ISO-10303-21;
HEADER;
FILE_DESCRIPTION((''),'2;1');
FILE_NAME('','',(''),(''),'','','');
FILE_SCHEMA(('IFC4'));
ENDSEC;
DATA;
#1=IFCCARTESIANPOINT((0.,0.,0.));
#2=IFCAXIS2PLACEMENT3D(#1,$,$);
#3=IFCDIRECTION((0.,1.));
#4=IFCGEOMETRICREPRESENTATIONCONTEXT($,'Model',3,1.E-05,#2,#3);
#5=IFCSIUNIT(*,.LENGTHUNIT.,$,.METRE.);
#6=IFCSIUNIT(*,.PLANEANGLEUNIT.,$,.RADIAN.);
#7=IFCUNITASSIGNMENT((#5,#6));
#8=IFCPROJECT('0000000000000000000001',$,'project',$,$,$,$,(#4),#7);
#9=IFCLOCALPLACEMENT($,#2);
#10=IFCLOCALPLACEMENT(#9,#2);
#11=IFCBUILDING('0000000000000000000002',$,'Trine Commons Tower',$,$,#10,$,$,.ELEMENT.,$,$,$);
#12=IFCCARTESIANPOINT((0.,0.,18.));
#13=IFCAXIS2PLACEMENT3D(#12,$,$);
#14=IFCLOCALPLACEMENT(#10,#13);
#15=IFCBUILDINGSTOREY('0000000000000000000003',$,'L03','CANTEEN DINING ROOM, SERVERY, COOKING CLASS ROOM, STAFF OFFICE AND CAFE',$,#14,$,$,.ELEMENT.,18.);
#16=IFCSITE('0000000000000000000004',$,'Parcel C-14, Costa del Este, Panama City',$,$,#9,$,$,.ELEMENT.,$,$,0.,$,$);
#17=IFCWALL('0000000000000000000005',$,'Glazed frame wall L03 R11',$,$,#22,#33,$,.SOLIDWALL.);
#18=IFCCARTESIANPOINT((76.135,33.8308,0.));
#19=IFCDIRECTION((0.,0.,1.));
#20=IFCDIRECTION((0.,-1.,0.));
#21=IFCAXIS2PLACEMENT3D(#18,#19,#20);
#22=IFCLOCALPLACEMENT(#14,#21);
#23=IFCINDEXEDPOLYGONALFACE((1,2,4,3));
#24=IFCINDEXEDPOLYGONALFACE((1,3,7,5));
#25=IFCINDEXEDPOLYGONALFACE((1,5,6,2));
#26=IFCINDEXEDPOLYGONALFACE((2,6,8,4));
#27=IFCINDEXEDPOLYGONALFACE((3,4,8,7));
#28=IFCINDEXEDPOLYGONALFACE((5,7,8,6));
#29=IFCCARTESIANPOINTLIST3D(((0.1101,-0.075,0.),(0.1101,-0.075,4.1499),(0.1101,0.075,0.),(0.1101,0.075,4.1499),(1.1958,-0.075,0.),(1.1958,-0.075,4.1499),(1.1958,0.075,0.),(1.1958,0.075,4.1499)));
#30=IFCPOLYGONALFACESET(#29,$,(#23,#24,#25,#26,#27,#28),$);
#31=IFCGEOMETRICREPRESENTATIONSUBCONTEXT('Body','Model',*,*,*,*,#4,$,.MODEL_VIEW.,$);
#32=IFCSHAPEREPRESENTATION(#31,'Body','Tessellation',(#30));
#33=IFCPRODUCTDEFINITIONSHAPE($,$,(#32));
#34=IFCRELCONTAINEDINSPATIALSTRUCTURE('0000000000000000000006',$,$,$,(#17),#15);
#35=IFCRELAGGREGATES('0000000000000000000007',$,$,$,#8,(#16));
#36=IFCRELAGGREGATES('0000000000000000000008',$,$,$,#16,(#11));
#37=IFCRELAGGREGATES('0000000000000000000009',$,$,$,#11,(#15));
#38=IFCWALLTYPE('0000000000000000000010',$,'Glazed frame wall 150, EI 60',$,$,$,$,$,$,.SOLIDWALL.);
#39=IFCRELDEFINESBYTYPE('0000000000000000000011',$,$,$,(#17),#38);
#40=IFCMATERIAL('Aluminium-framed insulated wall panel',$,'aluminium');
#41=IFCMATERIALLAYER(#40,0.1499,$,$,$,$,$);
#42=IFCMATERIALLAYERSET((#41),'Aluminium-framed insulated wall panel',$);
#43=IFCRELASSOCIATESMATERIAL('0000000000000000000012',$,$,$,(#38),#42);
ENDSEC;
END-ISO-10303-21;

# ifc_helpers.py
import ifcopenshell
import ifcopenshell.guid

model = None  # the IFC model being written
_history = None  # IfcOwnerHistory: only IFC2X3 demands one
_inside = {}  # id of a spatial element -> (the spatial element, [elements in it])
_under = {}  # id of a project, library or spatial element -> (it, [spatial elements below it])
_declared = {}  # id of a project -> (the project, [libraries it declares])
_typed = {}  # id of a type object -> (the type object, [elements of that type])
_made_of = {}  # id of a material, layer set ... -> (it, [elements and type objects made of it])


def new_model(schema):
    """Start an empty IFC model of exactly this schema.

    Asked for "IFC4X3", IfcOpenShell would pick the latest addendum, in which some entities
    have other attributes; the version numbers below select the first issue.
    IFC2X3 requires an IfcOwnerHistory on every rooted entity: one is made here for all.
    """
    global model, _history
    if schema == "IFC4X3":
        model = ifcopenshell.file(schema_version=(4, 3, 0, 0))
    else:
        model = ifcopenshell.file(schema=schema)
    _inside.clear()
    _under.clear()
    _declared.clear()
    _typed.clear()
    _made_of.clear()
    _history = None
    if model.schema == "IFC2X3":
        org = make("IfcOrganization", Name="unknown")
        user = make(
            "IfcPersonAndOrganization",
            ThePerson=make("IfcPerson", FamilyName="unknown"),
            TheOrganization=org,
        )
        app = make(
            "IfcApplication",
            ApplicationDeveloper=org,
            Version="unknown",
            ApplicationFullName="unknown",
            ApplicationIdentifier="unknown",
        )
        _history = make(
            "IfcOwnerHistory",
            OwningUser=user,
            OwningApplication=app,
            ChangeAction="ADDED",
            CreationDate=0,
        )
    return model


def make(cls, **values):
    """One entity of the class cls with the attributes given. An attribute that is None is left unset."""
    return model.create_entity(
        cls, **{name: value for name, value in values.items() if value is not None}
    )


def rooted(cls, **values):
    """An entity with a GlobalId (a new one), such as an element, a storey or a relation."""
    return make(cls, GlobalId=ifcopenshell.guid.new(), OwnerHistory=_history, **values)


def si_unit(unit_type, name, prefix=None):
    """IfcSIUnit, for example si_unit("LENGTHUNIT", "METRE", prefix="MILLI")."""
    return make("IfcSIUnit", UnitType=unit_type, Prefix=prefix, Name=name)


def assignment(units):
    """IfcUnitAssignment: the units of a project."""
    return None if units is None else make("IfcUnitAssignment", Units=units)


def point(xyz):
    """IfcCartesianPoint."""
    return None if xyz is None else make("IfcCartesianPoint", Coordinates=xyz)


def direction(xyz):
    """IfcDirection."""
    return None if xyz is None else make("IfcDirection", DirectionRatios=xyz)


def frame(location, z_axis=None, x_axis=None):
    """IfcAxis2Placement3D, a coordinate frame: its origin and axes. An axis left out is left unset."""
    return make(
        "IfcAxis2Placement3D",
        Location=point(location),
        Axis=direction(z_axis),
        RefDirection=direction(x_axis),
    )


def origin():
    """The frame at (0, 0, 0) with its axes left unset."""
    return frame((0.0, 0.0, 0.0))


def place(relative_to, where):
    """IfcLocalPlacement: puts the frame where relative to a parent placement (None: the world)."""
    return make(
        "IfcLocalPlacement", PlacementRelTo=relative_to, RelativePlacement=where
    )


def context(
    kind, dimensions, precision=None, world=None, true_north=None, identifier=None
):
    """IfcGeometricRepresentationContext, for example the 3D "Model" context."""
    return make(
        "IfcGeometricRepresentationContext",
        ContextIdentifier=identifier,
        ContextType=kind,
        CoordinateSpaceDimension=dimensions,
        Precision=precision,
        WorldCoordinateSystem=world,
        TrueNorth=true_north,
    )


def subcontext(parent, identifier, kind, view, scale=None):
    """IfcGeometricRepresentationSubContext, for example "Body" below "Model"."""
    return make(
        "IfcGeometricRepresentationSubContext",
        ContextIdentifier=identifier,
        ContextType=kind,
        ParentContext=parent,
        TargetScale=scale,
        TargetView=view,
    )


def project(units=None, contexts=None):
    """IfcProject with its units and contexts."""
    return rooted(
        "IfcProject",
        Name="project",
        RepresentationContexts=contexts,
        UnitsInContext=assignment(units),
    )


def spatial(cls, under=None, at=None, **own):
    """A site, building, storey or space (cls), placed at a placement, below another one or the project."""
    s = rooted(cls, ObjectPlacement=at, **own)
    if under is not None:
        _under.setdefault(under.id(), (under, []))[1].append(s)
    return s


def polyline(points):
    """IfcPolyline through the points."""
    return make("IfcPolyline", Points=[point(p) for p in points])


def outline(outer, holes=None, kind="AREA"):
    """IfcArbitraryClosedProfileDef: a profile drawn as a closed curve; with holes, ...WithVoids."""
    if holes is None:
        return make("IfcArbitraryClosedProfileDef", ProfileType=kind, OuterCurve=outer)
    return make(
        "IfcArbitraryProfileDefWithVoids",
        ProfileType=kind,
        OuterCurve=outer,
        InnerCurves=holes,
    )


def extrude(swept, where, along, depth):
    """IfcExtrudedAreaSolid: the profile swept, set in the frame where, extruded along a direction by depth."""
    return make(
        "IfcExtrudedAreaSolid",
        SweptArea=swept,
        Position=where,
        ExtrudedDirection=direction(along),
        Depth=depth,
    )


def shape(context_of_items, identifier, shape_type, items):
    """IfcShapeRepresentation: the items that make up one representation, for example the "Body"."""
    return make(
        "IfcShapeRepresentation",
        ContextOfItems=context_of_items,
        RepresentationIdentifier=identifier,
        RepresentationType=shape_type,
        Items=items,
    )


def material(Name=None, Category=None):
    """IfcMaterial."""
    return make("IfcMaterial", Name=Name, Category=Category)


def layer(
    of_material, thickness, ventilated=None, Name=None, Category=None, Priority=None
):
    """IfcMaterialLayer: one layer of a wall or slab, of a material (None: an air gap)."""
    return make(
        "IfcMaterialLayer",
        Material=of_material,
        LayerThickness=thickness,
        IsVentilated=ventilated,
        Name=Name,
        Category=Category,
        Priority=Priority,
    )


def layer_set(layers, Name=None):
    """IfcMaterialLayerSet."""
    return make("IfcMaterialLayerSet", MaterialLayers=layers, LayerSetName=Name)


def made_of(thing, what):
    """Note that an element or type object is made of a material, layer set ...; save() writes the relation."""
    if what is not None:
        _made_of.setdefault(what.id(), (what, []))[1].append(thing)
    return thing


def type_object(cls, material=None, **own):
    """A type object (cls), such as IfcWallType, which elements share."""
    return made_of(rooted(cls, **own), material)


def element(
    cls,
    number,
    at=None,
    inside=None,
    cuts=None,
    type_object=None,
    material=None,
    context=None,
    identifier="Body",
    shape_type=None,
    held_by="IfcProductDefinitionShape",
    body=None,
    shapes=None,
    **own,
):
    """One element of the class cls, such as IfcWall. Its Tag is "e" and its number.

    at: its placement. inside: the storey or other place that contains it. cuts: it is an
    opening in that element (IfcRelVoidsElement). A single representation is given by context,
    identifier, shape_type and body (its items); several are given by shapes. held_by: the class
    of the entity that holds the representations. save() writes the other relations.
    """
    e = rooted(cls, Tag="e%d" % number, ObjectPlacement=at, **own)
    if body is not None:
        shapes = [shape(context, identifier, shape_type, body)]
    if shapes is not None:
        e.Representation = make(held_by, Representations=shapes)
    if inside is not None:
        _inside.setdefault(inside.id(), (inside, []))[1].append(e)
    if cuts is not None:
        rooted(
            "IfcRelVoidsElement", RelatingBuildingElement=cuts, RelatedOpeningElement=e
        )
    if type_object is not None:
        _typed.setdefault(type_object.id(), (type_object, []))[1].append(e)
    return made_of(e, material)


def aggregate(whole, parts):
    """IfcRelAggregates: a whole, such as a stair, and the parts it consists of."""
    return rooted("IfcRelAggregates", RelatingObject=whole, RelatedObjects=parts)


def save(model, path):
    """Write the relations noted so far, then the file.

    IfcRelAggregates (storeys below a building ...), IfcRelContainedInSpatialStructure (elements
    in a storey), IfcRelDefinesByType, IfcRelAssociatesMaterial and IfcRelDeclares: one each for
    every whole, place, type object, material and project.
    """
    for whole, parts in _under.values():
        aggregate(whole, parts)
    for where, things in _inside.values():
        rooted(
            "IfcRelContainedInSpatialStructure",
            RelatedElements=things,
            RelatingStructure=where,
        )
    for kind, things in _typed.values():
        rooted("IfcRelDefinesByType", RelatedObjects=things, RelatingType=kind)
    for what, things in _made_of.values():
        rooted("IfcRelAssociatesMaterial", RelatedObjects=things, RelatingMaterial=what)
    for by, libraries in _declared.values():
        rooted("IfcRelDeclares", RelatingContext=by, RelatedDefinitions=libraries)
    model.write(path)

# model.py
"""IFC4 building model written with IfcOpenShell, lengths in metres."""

from ifc_helpers import new_model, si_unit, direction, frame, origin, place, context, subcontext, project, spatial, polyline, outline, extrude, material, layer, layer_set, type_object, element, save


model = new_model("IFC4")

# Units and contexts
model_context = context("Model", 3, precision=1e-05, world=origin(), true_north=direction((0.0, 1.0)))
body_context = subcontext(model_context, "Body", "Model", "MODEL_VIEW")
ifc_project = project(units=[si_unit("LENGTHUNIT", "METRE"), si_unit("PLANEANGLEUNIT", "RADIAN")], contexts=[model_context])

# Site, building, storey
site_placement = place(None, origin())
site = spatial("IfcSite", under=ifc_project, at=site_placement, Name="Parcel C-14, Costa del Este, Panama City", CompositionType="ELEMENT", RefElevation=0.0)
building_placement = place(site_placement, origin())
building = spatial("IfcBuilding", under=site, at=building_placement, Name="Trine Commons Tower", CompositionType="ELEMENT")
storey_placement = place(building_placement, frame((0.0, 0.0, 18.0)))
storey = spatial("IfcBuildingStorey", under=building, at=storey_placement, Name="L03", Description="CANTEEN DINING ROOM, SERVERY, COOKING CLASS ROOM, STAFF OFFICE AND CAFE", CompositionType="ELEMENT", Elevation=18.0)

# Wall
ifc_material_1 = material(Name="Aluminium-framed insulated wall panel", Category="aluminium")
ifc_layer_1 = layer(ifc_material_1, 0.1499)
ifc_layer_set_1 = layer_set([ifc_layer_1], Name="Aluminium-framed insulated wall panel")
wall_type_1 = type_object("IfcWallType", Name="Glazed frame wall 150, EI 60", PredefinedType="SOLIDWALL", material=ifc_layer_set_1)
wall_1_placement = place(storey_placement, frame((76.135, 33.8308, 0.0), z_axis=(0.0, 0.0, 1.0), x_axis=(0.0, -1.0, 0.0)))
element("IfcWall", 1, at=wall_1_placement, inside=storey, type_object=wall_type_1, Name="Glazed frame wall L03 R11", PredefinedType="SOLIDWALL", context=body_context, shape_type="SweptSolid", body=[
    extrude(outline(polyline([(0.1101, 0.075), (0.1101, -0.075), (1.1958, -0.075), (1.1958, 0.075), (0.1101, 0.075)])), origin(), (0.0, 0.0, 1.0), 4.1499),
])

save(model, "model.ifc")
